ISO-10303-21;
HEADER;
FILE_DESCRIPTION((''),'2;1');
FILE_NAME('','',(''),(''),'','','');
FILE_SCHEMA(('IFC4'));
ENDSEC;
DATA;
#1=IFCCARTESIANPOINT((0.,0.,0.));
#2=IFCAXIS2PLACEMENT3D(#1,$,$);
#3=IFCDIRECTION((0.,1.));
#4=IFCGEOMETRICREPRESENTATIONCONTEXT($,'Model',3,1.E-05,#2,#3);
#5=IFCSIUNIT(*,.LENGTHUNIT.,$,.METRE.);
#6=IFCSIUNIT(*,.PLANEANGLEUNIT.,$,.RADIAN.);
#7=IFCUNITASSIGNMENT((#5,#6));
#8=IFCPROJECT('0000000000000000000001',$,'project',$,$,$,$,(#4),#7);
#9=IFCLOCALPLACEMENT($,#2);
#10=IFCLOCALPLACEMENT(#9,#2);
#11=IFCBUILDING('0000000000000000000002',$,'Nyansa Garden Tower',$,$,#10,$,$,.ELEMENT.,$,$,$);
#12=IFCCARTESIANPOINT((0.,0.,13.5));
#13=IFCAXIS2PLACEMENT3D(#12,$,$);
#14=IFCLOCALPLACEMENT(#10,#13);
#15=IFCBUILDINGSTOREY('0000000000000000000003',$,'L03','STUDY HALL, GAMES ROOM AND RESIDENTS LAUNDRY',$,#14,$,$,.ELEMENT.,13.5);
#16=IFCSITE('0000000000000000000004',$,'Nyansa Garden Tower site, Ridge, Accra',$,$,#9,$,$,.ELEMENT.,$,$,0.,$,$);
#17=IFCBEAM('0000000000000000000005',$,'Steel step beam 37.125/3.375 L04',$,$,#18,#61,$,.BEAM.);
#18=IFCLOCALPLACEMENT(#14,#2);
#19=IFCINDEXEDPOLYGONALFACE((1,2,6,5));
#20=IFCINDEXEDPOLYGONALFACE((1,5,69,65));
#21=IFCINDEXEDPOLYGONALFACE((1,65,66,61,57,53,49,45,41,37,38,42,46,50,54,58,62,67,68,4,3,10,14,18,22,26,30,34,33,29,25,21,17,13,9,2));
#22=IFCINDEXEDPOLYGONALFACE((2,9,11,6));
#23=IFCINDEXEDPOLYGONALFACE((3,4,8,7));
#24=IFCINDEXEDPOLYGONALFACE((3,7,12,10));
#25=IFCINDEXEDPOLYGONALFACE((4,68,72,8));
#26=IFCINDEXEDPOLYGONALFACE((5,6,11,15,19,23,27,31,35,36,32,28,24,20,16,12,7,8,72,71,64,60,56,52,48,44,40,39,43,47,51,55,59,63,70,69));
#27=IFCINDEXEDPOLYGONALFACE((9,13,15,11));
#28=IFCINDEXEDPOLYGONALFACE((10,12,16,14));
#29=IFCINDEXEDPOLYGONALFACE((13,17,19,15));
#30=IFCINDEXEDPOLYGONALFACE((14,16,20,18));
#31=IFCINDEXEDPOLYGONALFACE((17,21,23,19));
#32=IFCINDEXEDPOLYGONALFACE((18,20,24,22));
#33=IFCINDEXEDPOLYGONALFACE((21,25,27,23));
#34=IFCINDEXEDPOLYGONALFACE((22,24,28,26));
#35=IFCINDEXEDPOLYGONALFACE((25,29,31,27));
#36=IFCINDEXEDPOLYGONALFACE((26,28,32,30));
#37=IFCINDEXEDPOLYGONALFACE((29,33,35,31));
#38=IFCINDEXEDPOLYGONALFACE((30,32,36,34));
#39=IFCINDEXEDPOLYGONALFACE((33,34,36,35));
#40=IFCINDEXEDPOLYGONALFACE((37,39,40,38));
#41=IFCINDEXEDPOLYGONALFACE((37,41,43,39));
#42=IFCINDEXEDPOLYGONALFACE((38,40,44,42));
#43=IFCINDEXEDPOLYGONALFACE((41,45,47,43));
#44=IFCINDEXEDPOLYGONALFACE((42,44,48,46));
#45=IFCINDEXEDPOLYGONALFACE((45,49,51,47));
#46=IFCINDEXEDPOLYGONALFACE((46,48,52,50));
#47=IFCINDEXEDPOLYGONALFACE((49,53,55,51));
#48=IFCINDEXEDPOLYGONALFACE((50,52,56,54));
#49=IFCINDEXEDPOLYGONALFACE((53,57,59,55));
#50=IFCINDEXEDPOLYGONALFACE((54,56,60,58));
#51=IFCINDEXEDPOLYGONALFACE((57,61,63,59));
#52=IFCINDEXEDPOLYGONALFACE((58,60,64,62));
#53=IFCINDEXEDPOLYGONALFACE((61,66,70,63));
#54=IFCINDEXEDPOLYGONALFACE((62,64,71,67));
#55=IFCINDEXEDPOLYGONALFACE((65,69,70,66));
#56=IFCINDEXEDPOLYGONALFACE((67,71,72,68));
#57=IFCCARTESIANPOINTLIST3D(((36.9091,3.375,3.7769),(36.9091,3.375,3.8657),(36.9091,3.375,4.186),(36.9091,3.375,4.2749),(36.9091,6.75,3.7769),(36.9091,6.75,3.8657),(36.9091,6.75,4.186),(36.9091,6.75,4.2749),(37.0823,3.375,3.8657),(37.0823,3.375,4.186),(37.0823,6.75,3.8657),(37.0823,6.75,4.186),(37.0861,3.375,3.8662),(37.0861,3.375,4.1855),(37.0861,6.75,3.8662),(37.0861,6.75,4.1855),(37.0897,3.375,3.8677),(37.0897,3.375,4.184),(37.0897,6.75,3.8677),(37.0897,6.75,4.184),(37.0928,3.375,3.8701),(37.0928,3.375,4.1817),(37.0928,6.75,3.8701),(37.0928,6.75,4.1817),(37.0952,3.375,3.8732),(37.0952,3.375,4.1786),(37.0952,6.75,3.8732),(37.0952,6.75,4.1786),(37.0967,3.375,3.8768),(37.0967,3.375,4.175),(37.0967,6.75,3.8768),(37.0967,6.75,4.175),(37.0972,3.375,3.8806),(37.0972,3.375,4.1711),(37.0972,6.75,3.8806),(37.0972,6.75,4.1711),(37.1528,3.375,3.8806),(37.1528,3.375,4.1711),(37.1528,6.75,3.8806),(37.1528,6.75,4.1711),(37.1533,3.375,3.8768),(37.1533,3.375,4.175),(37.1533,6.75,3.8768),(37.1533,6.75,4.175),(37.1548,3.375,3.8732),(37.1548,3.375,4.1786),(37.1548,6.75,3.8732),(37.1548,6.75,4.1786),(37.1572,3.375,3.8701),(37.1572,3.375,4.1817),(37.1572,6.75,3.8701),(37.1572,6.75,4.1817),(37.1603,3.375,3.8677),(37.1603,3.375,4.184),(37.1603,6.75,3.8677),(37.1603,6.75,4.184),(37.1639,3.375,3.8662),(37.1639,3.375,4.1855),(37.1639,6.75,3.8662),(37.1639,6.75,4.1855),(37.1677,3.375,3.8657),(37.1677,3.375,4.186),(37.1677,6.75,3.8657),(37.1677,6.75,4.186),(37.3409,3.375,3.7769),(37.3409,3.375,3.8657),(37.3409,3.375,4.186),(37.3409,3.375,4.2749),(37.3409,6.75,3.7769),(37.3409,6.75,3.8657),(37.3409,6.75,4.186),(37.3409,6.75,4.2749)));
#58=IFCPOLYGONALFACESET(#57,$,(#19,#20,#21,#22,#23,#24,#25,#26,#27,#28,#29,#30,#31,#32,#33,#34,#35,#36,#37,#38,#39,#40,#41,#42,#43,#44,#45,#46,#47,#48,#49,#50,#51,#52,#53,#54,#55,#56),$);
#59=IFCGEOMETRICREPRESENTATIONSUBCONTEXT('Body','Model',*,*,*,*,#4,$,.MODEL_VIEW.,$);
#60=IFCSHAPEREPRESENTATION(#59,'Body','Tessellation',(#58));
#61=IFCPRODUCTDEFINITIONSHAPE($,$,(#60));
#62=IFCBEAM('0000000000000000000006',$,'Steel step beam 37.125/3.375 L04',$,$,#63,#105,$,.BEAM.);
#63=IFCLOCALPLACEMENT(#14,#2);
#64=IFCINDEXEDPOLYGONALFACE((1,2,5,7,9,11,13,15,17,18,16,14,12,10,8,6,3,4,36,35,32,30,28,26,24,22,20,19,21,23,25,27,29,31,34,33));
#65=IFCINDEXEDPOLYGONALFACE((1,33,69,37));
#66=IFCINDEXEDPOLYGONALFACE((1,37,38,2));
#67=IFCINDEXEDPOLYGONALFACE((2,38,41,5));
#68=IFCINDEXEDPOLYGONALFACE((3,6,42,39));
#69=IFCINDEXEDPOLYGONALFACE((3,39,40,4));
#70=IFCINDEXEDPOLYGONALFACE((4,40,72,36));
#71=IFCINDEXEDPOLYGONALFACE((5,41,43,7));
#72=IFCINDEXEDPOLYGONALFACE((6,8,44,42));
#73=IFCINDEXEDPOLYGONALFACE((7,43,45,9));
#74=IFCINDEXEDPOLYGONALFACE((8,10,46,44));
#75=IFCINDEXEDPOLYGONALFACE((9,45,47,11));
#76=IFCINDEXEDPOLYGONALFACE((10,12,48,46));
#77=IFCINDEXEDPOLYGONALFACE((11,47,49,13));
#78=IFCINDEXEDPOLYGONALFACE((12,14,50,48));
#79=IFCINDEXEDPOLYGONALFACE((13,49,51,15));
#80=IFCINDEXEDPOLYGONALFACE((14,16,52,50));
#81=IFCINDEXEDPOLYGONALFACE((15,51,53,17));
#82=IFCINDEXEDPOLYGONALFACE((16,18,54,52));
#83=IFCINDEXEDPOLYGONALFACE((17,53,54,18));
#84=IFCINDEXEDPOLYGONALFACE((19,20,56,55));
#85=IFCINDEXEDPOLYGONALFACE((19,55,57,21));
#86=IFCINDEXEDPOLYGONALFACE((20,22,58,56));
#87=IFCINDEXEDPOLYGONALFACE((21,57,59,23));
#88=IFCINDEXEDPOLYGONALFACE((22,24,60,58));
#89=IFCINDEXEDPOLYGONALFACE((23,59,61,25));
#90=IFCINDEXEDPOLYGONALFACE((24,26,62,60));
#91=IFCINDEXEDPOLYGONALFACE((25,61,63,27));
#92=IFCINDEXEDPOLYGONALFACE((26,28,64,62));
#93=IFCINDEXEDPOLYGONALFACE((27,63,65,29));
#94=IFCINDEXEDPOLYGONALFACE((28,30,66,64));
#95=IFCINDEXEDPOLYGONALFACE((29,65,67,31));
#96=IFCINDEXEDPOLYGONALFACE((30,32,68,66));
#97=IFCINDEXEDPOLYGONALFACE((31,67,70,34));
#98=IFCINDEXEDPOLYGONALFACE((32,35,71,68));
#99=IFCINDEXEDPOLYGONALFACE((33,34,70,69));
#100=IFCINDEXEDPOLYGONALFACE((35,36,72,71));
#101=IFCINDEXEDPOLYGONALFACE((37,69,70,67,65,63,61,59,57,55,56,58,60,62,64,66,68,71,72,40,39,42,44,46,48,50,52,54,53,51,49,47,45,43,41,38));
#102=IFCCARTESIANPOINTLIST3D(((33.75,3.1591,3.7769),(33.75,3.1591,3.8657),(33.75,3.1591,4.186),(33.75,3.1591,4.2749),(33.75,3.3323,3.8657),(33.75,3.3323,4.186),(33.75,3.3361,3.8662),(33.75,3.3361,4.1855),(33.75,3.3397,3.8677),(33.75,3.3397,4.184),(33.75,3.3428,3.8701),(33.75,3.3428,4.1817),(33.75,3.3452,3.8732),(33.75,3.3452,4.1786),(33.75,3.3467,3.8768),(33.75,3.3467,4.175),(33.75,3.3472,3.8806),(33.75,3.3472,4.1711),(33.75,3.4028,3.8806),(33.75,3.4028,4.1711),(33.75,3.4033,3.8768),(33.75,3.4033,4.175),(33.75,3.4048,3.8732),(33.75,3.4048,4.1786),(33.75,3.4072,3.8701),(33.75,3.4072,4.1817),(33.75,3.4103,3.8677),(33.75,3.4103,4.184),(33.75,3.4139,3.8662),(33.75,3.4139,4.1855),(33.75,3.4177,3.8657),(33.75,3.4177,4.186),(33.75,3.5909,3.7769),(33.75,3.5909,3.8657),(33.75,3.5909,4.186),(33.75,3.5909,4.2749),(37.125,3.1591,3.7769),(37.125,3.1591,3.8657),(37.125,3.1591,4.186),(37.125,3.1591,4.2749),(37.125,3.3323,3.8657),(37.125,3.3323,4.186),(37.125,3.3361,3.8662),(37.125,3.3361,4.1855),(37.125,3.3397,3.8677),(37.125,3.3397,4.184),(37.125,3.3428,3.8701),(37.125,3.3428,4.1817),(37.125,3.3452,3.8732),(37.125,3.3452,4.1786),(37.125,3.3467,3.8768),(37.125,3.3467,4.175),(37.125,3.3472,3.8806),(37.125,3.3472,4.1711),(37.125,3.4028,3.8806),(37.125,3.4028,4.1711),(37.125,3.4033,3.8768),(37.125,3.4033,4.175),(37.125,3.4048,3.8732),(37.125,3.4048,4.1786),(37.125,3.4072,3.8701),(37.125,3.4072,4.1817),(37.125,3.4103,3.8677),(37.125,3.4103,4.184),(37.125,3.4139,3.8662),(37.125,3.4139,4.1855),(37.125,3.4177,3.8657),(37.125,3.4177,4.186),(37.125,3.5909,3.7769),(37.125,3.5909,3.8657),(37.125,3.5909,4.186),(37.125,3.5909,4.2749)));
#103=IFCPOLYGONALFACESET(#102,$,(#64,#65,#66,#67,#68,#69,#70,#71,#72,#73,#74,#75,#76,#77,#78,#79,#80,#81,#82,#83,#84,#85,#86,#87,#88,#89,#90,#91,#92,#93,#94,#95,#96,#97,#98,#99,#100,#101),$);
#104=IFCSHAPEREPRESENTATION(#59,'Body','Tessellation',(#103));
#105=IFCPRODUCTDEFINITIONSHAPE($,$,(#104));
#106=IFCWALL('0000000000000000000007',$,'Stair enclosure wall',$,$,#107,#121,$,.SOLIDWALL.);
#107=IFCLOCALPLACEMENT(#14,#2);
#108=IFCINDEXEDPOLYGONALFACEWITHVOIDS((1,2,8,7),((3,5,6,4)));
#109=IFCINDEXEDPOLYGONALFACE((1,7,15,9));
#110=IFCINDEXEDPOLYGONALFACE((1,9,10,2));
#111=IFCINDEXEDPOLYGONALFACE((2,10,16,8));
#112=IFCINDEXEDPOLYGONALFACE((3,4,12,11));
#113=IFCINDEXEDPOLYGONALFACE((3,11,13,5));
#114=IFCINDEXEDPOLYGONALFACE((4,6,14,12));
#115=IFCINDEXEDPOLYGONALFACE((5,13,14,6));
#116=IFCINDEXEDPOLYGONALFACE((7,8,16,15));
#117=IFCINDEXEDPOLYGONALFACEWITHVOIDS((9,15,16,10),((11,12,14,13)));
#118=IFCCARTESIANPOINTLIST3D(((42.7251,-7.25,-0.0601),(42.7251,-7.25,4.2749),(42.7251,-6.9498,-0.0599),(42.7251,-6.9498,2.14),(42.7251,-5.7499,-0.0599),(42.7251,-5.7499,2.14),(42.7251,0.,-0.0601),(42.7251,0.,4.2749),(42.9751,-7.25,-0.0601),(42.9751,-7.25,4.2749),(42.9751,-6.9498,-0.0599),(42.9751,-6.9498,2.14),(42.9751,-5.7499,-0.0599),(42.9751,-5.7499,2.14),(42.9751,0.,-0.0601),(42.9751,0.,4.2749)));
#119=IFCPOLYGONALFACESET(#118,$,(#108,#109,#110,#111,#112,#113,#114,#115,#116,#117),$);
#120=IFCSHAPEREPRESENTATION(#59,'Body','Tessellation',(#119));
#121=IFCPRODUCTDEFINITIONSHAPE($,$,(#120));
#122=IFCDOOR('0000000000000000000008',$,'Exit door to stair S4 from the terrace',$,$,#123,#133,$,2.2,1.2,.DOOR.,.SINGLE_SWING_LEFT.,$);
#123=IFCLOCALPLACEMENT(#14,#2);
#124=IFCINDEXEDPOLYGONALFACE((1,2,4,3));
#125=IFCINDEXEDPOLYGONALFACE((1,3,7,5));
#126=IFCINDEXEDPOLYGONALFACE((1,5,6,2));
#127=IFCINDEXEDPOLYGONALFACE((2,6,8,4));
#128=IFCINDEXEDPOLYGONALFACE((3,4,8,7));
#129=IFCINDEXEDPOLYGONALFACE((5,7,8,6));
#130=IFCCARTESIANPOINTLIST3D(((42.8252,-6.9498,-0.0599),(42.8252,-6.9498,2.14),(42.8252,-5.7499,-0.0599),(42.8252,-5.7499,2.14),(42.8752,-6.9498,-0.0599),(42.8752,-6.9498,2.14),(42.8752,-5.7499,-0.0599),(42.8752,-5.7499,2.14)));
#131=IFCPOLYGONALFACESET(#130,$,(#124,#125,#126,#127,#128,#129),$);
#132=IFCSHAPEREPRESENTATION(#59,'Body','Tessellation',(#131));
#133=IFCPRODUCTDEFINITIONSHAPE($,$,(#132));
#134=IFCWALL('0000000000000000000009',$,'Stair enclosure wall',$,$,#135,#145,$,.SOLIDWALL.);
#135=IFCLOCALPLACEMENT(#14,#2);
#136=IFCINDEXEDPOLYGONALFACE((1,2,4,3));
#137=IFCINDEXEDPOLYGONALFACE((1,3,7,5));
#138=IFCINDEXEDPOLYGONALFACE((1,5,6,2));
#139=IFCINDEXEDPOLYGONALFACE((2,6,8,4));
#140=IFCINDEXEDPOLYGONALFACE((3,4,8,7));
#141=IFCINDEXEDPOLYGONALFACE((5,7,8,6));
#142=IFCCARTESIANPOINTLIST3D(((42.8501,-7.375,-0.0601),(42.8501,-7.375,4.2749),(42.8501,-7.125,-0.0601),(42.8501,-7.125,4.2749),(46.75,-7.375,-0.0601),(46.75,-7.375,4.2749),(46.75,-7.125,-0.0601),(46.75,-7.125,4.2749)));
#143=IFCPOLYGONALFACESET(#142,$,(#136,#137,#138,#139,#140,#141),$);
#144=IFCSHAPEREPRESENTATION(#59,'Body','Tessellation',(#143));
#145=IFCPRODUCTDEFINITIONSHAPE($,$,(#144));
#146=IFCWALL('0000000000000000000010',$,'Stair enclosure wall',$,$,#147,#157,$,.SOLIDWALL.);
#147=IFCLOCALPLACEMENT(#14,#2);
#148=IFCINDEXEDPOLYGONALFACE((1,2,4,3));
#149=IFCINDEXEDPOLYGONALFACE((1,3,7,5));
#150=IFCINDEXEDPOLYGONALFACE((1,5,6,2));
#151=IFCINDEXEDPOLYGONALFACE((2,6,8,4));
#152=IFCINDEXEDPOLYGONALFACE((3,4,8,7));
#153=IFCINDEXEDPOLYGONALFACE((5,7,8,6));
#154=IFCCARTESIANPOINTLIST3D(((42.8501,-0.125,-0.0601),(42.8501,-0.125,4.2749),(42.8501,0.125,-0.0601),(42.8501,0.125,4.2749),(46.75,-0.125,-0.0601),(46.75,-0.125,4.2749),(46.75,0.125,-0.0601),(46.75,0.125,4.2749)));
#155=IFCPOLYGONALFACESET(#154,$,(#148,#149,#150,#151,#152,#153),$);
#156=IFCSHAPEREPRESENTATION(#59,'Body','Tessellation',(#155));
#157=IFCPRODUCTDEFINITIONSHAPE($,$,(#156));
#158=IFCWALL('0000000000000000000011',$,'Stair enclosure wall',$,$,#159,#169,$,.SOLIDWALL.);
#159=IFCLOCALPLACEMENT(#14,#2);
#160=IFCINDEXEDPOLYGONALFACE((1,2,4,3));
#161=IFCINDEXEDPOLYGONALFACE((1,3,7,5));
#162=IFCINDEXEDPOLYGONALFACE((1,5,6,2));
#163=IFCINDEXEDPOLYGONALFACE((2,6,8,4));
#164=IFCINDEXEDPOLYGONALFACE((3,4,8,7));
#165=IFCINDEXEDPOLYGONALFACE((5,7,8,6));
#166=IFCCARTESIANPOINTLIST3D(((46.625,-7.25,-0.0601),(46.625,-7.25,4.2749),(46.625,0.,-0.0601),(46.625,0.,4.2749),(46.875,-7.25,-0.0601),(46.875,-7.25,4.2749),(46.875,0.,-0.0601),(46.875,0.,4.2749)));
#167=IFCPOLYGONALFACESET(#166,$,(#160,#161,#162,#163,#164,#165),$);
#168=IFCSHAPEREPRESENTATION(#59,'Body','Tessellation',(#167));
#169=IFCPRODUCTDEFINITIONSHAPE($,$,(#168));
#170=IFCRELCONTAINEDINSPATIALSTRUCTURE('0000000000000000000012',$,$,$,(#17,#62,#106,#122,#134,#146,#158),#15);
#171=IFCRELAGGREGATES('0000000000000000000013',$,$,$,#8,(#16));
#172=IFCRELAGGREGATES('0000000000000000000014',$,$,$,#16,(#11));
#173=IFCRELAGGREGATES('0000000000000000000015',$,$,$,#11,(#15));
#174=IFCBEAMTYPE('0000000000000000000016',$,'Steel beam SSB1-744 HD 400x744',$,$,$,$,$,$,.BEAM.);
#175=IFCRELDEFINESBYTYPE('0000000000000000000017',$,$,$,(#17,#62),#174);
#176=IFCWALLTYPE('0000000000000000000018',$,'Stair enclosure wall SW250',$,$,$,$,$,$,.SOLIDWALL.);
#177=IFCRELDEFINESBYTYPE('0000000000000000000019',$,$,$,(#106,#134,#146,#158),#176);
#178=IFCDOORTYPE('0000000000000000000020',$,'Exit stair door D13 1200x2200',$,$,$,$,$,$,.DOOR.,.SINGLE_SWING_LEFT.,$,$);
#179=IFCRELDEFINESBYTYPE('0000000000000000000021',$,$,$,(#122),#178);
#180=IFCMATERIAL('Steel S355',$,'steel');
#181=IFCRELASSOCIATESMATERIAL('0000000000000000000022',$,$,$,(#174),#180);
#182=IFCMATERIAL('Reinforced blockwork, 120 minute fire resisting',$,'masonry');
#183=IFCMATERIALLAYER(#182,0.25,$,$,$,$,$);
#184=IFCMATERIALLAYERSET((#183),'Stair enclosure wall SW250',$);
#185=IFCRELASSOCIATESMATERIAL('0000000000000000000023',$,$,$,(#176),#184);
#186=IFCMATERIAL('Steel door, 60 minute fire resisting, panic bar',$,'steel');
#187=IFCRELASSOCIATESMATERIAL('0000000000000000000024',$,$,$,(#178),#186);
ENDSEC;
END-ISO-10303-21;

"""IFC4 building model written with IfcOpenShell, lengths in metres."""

from ifc_helpers import new_model, si_unit, direction, frame, frame_2d, origin, origin_2d, place, context, subcontext, project, spatial, rectangle, i_section, extrude, material, layer, layer_set, material_profile, profile_set, type_object, element, fill, save


model = new_model("IFC4")

# Units and contexts
model_context = context("Model", 3, precision=1e-05, world=origin(), true_north=direction((0.0, 1.0)))
body_context = subcontext(model_context, "Body", "Model", "MODEL_VIEW")
ifc_project = project(units=[si_unit("LENGTHUNIT", "METRE"), si_unit("PLANEANGLEUNIT", "RADIAN")], contexts=[model_context])

# Site, building, storey
site_placement = place(None, origin())
site = spatial("IfcSite", under=ifc_project, at=site_placement, Name="Nyansa Garden Tower site, Ridge, Accra", CompositionType="ELEMENT", RefElevation=0.0)
building_placement = place(site_placement, origin())
building = spatial("IfcBuilding", under=site, at=building_placement, Name="Nyansa Garden Tower", CompositionType="ELEMENT")
storey_placement = place(building_placement, frame((0.0, 0.0, 13.5)))
storey = spatial("IfcBuildingStorey", under=building, at=storey_placement, Name="L03", Description="STUDY HALL, GAMES ROOM AND RESIDENTS LAUNDRY", CompositionType="ELEMENT", Elevation=13.5)

# Beams
ifc_material_1 = material(Name="Steel S355", Category="steel")
ifc_material_profile_1 = material_profile(ifc_material_1, i_section(OverallWidth=0.4319, OverallDepth=0.498, WebThickness=0.0557, FlangeThickness=0.0889, FilletRadius=0.0149, at=origin_2d()), Name="HD 400x744")
ifc_profile_set_1 = profile_set([ifc_material_profile_1], Name="Steel S355")
beam_type_1 = type_object("IfcBeamType", Name="Steel beam SSB1-744 HD 400x744", PredefinedType="BEAM", material=ifc_profile_set_1)
for number, where, z_axis, x_axis, name in (
    (1, (37.125, 3.375, 4.0259), (0.0, 1.0, 0.0), (-1.0, 0.0, 0.0), "Steel step beam 37.125/3.375 L04"),
    (2, (37.125, 3.375, 4.0259), (-1.0, 0.0, 0.0), (0.0, -1.0, 0.0), "Steel step beam 37.125/3.375 L04"),
):
    element("IfcBeam", number, at=place(storey_placement, frame(where, z_axis=z_axis, x_axis=x_axis)), inside=storey, type_object=beam_type_1, Name=name, PredefinedType="BEAM", context=body_context, shape_type="SweptSolid", body=[
        extrude(i_section(OverallWidth=0.4319, OverallDepth=0.498, WebThickness=0.0557, FlangeThickness=0.0889, FilletRadius=0.0149, at=origin_2d()), origin(), (0.0, 0.0, 1.0), 3.375),
    ])

# Wall, opening, door
ifc_material_2 = material(Name="Reinforced blockwork, 120 minute fire resisting", Category="masonry")
ifc_layer_1 = layer(ifc_material_2, 0.25)
ifc_layer_set_1 = layer_set([ifc_layer_1], Name="Stair enclosure wall SW250")
wall_type_1 = type_object("IfcWallType", Name="Stair enclosure wall SW250", PredefinedType="SOLIDWALL", material=ifc_layer_set_1)
wall_1_placement = place(storey_placement, frame((42.8501, -7.25, -0.0601), z_axis=(0.0, 0.0, 1.0), x_axis=(0.0, 1.0, 0.0)))
wall_1 = element("IfcWall", 3, at=wall_1_placement, inside=storey, type_object=wall_type_1, Name="Stair enclosure wall", PredefinedType="SOLIDWALL", context=body_context, shape_type="SweptSolid", body=[
    extrude(rectangle(XDim=7.25, YDim=0.25, at=frame_2d((3.625, 0.0))), origin(), (0.0, 0.0, 1.0), 4.335),
])
opening_1_placement = place(wall_1_placement, frame((0.3, 0.0, 0.0)))
opening_1 = element("IfcOpeningElement", 4, at=opening_1_placement, cuts=wall_1, PredefinedType="OPENING", context=body_context, shape_type="SweptSolid", body=[
    extrude(rectangle(XDim=1.2, YDim=2.2, at=frame_2d((0.6001, 1.1001))), frame((0.0, 0.135, 0.0), z_axis=(0.0, -1.0, 0.0), x_axis=(1.0, 0.0, 0.0)), (0.0, 0.0, 1.0), 0.27),
])
ifc_material_3 = material(Name="Steel door, 60 minute fire resisting, panic bar", Category="steel")
door_type = type_object("IfcDoorType", Name="Exit stair door D13 1200x2200", OperationType="SINGLE_SWING_LEFT", PredefinedType="DOOR", material=ifc_material_3)
door_placement = place(opening_1_placement, origin())
door = element("IfcDoor", 5, at=door_placement, inside=storey, type_object=door_type, Name="Exit door to stair S4 from the terrace", OperationType="SINGLE_SWING_LEFT", OverallHeight=2.2, OverallWidth=1.2, PredefinedType="DOOR", context=body_context, shape_type="SweptSolid", body=[
    extrude(rectangle(XDim=1.2, YDim=2.2, at=frame_2d((0.6001, 1.1001))), frame((0.0, 0.0249, 0.0), z_axis=(0.0, -1.0, 0.0), x_axis=(1.0, 0.0, 0.0)), (0.0, 0.0, 1.0), 0.05),
])
fill(opening_1, door)

# Walls
for number, where, z_axis, x_axis, name in (
    (6, (42.8501, -7.25, -0.0601), (0.0, 0.0, 1.0), (1.0, 0.0, 0.0), "Stair enclosure wall"),
    (7, (42.8501, 0.0, -0.0601), (0.0, 0.0, 1.0), (1.0, 0.0, 0.0), "Stair enclosure wall"),
):
    element("IfcWall", number, at=place(storey_placement, frame(where, z_axis=z_axis, x_axis=x_axis)), inside=storey, type_object=wall_type_1, Name=name, PredefinedType="SOLIDWALL", context=body_context, shape_type="SweptSolid", body=[
        extrude(rectangle(XDim=3.8999, YDim=0.25, at=frame_2d((1.95, 0.0))), origin(), (0.0, 0.0, 1.0), 4.335),
    ])
wall_2_placement = place(storey_placement, frame((46.75, -7.25, -0.0601), z_axis=(0.0, 0.0, 1.0), x_axis=(0.0, 1.0, 0.0)))
element("IfcWall", 8, at=wall_2_placement, inside=storey, type_object=wall_type_1, Name="Stair enclosure wall", PredefinedType="SOLIDWALL", context=body_context, shape_type="SweptSolid", body=[
    extrude(rectangle(XDim=7.25, YDim=0.25, at=frame_2d((3.625, 0.0))), origin(), (0.0, 0.0, 1.0), 4.335),
])

save(model, "model.ifc")
